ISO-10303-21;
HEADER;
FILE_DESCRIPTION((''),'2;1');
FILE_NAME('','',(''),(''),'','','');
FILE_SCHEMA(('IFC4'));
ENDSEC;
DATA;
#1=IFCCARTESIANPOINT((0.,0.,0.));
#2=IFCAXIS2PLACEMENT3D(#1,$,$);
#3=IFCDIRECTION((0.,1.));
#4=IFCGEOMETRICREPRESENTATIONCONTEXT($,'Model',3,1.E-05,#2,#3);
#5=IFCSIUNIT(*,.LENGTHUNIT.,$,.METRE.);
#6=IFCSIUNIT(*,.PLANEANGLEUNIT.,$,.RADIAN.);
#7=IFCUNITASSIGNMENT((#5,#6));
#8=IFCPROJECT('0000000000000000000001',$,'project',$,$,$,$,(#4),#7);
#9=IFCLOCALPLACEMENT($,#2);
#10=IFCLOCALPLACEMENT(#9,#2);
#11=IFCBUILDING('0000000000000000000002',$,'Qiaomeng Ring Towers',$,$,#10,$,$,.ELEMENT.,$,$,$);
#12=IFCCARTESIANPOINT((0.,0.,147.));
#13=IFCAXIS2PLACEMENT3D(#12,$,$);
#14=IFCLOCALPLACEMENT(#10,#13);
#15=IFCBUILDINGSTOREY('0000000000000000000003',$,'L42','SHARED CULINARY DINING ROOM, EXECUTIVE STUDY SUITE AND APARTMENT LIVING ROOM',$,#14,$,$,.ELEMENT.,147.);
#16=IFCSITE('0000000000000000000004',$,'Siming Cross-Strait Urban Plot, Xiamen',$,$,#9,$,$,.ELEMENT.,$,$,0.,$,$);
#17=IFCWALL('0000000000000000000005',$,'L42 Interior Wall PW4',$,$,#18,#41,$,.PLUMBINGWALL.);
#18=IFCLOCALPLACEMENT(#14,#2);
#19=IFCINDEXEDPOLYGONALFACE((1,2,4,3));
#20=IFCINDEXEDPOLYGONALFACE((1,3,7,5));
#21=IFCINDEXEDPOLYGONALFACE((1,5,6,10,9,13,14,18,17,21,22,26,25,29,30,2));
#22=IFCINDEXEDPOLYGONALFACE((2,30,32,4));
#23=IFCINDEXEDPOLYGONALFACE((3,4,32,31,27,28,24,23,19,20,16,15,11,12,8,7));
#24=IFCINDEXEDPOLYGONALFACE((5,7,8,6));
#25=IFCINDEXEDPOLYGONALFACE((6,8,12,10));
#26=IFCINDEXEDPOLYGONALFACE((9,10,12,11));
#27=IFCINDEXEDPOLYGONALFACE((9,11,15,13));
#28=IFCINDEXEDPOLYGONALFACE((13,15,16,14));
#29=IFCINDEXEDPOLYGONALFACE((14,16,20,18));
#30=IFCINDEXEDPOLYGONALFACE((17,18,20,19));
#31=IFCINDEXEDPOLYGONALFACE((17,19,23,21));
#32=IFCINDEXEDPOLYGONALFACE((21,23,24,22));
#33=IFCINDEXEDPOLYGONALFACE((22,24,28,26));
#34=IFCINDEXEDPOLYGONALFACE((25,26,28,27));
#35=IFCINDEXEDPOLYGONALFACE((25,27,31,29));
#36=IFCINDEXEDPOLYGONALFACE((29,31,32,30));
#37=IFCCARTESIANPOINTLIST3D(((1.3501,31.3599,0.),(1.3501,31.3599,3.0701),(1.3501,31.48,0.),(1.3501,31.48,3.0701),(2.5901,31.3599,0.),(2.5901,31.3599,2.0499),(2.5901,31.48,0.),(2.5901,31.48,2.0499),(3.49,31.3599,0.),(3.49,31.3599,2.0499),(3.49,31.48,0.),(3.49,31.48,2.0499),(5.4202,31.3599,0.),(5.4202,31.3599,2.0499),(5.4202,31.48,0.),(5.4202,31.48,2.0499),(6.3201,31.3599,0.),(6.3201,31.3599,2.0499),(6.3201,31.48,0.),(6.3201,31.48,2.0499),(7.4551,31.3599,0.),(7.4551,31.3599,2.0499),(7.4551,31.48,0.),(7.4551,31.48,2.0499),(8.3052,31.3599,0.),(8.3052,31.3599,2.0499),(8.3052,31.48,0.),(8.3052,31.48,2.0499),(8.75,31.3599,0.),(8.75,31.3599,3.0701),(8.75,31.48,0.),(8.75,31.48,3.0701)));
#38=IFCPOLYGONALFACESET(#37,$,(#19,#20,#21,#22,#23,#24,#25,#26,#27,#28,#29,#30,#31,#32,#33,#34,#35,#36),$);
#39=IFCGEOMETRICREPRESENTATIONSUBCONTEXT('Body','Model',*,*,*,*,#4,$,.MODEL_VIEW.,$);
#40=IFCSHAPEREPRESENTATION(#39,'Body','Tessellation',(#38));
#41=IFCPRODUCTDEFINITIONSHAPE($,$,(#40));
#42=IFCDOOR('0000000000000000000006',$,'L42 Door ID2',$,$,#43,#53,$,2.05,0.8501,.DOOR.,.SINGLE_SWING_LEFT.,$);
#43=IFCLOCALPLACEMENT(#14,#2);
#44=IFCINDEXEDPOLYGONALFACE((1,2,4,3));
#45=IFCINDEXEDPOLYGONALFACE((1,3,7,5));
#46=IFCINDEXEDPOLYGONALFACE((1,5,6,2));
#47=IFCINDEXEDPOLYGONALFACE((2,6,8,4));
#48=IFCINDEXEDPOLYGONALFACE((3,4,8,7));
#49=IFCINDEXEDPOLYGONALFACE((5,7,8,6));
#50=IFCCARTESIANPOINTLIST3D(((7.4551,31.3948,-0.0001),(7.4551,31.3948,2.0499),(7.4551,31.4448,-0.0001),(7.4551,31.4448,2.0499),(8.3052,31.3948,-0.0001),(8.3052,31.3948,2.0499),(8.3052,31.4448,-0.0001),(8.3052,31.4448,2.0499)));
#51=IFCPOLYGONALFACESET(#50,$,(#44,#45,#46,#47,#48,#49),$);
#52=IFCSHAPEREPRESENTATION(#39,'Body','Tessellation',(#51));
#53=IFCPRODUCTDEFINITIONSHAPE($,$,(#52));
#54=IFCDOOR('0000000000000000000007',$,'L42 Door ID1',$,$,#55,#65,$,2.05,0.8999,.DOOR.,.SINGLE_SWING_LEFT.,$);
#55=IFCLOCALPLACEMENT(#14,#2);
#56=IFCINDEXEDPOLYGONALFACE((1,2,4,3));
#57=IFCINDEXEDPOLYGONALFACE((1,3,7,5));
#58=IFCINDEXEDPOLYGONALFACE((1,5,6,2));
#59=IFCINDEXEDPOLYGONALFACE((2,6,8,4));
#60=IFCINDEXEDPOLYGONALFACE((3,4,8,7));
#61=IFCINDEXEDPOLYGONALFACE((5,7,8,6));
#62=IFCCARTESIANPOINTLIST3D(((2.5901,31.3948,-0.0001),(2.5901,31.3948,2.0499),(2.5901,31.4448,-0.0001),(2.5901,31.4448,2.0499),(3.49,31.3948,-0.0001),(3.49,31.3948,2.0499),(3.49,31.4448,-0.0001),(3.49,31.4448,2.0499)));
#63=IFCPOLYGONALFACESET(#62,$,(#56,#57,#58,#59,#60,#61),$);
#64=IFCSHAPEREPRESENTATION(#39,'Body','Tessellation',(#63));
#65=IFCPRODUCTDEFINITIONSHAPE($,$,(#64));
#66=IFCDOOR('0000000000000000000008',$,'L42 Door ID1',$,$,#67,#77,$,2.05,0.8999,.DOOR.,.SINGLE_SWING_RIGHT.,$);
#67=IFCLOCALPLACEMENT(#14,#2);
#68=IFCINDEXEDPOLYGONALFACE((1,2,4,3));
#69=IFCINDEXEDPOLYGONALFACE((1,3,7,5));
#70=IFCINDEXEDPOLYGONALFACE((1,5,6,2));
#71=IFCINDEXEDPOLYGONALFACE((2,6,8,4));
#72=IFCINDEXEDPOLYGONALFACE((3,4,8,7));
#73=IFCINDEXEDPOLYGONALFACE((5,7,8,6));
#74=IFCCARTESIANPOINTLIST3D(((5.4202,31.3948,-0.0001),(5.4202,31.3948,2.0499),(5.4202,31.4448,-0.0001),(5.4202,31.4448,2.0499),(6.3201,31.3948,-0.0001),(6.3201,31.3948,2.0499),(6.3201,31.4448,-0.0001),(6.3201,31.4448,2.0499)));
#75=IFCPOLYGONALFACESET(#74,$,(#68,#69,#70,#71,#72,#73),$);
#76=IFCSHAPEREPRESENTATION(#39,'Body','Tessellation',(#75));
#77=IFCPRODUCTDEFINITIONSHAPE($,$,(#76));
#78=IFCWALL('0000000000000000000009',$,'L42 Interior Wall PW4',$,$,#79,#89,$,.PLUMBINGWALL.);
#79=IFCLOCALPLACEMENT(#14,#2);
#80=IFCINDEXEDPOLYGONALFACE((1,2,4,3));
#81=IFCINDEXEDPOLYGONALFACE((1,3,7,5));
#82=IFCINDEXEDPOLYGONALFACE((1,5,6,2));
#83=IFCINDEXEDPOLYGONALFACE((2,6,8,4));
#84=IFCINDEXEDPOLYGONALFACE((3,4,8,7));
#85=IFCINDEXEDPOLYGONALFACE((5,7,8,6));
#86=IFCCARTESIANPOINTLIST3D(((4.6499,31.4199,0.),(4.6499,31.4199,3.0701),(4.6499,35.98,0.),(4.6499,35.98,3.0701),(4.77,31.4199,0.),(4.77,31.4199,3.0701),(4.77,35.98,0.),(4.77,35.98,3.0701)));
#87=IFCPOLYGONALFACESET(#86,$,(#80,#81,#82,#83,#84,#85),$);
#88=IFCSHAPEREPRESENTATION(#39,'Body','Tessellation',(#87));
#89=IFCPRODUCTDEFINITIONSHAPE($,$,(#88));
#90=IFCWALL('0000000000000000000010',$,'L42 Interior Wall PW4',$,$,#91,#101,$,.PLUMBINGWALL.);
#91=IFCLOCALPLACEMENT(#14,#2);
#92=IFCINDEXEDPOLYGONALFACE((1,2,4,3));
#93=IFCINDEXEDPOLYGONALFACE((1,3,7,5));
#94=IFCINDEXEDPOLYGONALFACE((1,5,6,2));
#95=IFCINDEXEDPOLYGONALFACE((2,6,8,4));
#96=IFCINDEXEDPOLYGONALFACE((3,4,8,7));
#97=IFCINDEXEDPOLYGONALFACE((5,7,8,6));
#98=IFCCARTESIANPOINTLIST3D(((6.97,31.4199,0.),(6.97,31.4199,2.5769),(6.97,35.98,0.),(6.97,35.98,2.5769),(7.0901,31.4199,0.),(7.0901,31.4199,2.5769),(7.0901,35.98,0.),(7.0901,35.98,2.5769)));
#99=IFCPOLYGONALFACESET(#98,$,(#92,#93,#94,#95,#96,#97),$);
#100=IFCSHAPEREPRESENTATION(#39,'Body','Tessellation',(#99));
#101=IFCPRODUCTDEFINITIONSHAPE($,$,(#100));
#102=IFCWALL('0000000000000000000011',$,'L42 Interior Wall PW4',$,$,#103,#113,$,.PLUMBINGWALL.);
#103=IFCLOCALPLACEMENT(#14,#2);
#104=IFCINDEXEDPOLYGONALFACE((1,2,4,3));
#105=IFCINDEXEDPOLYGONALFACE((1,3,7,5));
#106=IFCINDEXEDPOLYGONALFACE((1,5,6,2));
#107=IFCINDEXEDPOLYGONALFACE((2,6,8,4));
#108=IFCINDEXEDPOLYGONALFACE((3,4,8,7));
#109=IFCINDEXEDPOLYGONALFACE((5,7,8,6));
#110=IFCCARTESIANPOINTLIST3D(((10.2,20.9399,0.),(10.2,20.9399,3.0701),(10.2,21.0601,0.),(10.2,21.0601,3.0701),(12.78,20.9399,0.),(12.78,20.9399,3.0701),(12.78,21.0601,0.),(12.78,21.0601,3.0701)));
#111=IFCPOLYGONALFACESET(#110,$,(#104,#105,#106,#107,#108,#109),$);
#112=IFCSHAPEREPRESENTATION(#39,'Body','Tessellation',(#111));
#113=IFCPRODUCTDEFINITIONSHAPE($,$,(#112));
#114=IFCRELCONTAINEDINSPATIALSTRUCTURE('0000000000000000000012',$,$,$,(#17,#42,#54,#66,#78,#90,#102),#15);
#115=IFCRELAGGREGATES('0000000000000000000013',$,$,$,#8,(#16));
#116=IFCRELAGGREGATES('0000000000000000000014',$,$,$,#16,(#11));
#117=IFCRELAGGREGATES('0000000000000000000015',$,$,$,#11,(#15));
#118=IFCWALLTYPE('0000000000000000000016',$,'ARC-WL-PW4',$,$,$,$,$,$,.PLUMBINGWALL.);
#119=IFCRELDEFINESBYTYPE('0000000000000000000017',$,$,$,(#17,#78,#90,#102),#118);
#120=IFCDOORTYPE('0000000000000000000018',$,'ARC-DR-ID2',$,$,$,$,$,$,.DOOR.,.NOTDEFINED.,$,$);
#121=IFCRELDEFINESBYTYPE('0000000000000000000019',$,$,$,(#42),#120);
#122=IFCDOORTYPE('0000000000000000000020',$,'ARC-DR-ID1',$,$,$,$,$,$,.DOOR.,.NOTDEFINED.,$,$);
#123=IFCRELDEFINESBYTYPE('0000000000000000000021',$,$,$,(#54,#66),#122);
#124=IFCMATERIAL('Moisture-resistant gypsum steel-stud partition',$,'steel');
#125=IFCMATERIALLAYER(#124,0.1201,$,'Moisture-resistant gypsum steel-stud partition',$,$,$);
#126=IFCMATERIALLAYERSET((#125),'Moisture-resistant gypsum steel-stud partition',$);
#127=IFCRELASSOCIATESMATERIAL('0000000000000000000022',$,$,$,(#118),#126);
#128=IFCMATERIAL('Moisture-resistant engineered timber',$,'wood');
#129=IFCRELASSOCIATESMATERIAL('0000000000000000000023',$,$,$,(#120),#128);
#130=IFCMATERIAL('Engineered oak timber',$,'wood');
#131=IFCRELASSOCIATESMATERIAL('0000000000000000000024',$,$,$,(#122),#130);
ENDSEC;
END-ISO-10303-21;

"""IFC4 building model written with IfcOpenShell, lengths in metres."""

from ifc_helpers import new_model, si_unit, direction, frame, frame_2d, origin, place, context, subcontext, project, spatial, rectangle, extrude, source, transform, mapped, material, layer, layer_set, type_object, element, fill, save


model = new_model("IFC4")

# Units and contexts
model_context = context("Model", 3, precision=1e-05, world=origin(), true_north=direction((0.0, 1.0)))
body_context = subcontext(model_context, "Body", "Model", "MODEL_VIEW")
ifc_project = project(units=[si_unit("LENGTHUNIT", "METRE"), si_unit("PLANEANGLEUNIT", "RADIAN")], contexts=[model_context])

# Site, building, storey
site_placement = place(None, origin())
site = spatial("IfcSite", under=ifc_project, at=site_placement, Name="Siming Cross-Strait Urban Plot, Xiamen", CompositionType="ELEMENT", RefElevation=0.0)
building_placement = place(site_placement, origin())
building = spatial("IfcBuilding", under=site, at=building_placement, Name="Qiaomeng Ring Towers", CompositionType="ELEMENT")
storey_placement = place(building_placement, frame((0.0, 0.0, 147.0)))
storey = spatial("IfcBuildingStorey", under=building, at=storey_placement, Name="L42", Description="SHARED CULINARY DINING ROOM, EXECUTIVE STUDY SUITE AND APARTMENT LIVING ROOM", CompositionType="ELEMENT", Elevation=147.0)

# Shared definitions
ifc_material_1 = material(Name="Moisture-resistant gypsum steel-stud partition", Category="steel")
ifc_layer_1 = layer(ifc_material_1, 0.1201, Name="Moisture-resistant gypsum steel-stud partition")
ifc_layer_set_1 = layer_set([ifc_layer_1], Name="Moisture-resistant gypsum steel-stud partition")
wall_type_1 = type_object("IfcWallType", Name="ARC-WL-PW4", PredefinedType="PLUMBINGWALL", material=ifc_layer_set_1)
ifc_material_2 = material(Name="Moisture-resistant engineered timber", Category="wood")
door_type_1 = type_object("IfcDoorType", Name="ARC-DR-ID2", OperationType="NOTDEFINED", PredefinedType="DOOR", material=ifc_material_2)
shared_shape_1 = source(origin(), body_context, "Body", "SweptSolid", [
    extrude(rectangle(XDim=0.8501, YDim=2.05, at=frame_2d((0.425, 1.0249))), frame((0.0, 0.0249, 0.0), z_axis=(0.0, -1.0, 0.0), x_axis=(1.0, 0.0, 0.0)), (0.0, 0.0, 1.0), 0.05),
])
ifc_material_3 = material(Name="Engineered oak timber", Category="wood")
door_type_2 = type_object("IfcDoorType", Name="ARC-DR-ID1", OperationType="NOTDEFINED", PredefinedType="DOOR", material=ifc_material_3)
shared_shape_2 = source(origin(), body_context, "Body", "SweptSolid", [
    extrude(rectangle(XDim=0.8999, YDim=2.05, at=frame_2d((0.45, 1.0249))), frame((0.0, 0.0249, 0.0), z_axis=(0.0, -1.0, 0.0), x_axis=(1.0, 0.0, 0.0)), (0.0, 0.0, 1.0), 0.05),
])

# Wall, openings, doors
wall_1_placement = place(storey_placement, frame((1.3501, 31.4199, 0.0), z_axis=(0.0, 0.0, 1.0), x_axis=(1.0, 0.0, 0.0)))
wall_1 = element("IfcWall", 1, at=wall_1_placement, inside=storey, type_object=wall_type_1, Name="L42 Interior Wall PW4", PredefinedType="PLUMBINGWALL", context=body_context, shape_type="SweptSolid", body=[
    extrude(rectangle(XDim=7.3999, YDim=0.1201, at=frame_2d((3.7, 0.0))), origin(), (0.0, 0.0, 1.0), 3.0701),
])
opening_1_placement = place(wall_1_placement, frame((1.24, 0.0, 0.0)))
opening_1 = element("IfcOpeningElement", 2, at=opening_1_placement, cuts=wall_1, PredefinedType="OPENING", context=body_context, shape_type="SweptSolid", body=[
    extrude(rectangle(XDim=0.8999, YDim=2.05, at=frame_2d((0.45, 1.0249))), frame((0.0, 0.0701, 0.0), z_axis=(0.0, -1.0, 0.0), x_axis=(1.0, 0.0, 0.0)), (0.0, 0.0, 1.0), 0.1401),
])
opening_2_placement = place(wall_1_placement, frame((4.0701, 0.0, 0.0)))
opening_2 = element("IfcOpeningElement", 3, at=opening_2_placement, cuts=wall_1, PredefinedType="OPENING", context=body_context, shape_type="SweptSolid", body=[
    extrude(rectangle(XDim=0.8999, YDim=2.05, at=frame_2d((0.45, 1.0249))), frame((0.0, 0.0701, 0.0), z_axis=(0.0, -1.0, 0.0), x_axis=(1.0, 0.0, 0.0)), (0.0, 0.0, 1.0), 0.1401),
])
opening_3_placement = place(wall_1_placement, frame((6.105, 0.0, 0.0)))
opening_3 = element("IfcOpeningElement", 4, at=opening_3_placement, cuts=wall_1, PredefinedType="OPENING", context=body_context, shape_type="SweptSolid", body=[
    extrude(rectangle(XDim=0.8501, YDim=2.05, at=frame_2d((0.425, 1.0249))), frame((0.0, 0.0701, 0.0), z_axis=(0.0, -1.0, 0.0), x_axis=(1.0, 0.0, 0.0)), (0.0, 0.0, 1.0), 0.1401),
])
door_1_placement = place(opening_3_placement, origin())
door_1 = element("IfcDoor", 5, at=door_1_placement, inside=storey, type_object=door_type_1, Name="L42 Door ID2", OperationType="SINGLE_SWING_LEFT", OverallHeight=2.05, OverallWidth=0.8501, PredefinedType="DOOR", context=body_context, shape_type="MappedRepresentation", body=[
    mapped(shared_shape_1, transform((0.0, 0.0, 0.0), x_axis=(1.0, 0.0, 0.0), y_axis=(0.0, 1.0, 0.0), z_axis=(0.0, 0.0, 1.0), scale=1.0)),
])
fill(opening_3, door_1)
door_2_placement = place(opening_1_placement, origin())
door_2 = element("IfcDoor", 6, at=door_2_placement, inside=storey, type_object=door_type_2, Name="L42 Door ID1", OperationType="SINGLE_SWING_LEFT", OverallHeight=2.05, OverallWidth=0.8999, PredefinedType="DOOR", context=body_context, shape_type="MappedRepresentation", body=[
    mapped(shared_shape_2, transform((0.0, 0.0, 0.0), x_axis=(1.0, 0.0, 0.0), y_axis=(0.0, 1.0, 0.0), z_axis=(0.0, 0.0, 1.0), scale=1.0)),
])
fill(opening_1, door_2)
door_3_placement = place(opening_2_placement, origin())
door_3 = element("IfcDoor", 7, at=door_3_placement, inside=storey, type_object=door_type_2, Name="L42 Door ID1", OperationType="SINGLE_SWING_RIGHT", OverallHeight=2.05, OverallWidth=0.8999, PredefinedType="DOOR", context=body_context, shape_type="MappedRepresentation", body=[
    mapped(shared_shape_2, transform((0.0, 0.0, 0.0), x_axis=(1.0, 0.0, 0.0), y_axis=(0.0, 1.0, 0.0), z_axis=(0.0, 0.0, 1.0), scale=1.0)),
])
fill(opening_2, door_3)

# Walls
wall_2_placement = place(storey_placement, frame((4.71, 31.4199, 0.0), z_axis=(0.0, 0.0, 1.0), x_axis=(0.0, 1.0, 0.0)))
element("IfcWall", 8, at=wall_2_placement, inside=storey, type_object=wall_type_1, Name="L42 Interior Wall PW4", PredefinedType="PLUMBINGWALL", context=body_context, shape_type="SweptSolid", body=[
    extrude(rectangle(XDim=4.5601, YDim=0.1201, at=frame_2d((2.28, 0.0))), origin(), (0.0, 0.0, 1.0), 3.0701),
])
wall_3_placement = place(storey_placement, frame((7.03, 31.4199, 0.0), z_axis=(0.0, 0.0, 1.0), x_axis=(0.0, 1.0, 0.0)))
element("IfcWall", 9, at=wall_3_placement, inside=storey, type_object=wall_type_1, Name="L42 Interior Wall PW4", PredefinedType="PLUMBINGWALL", context=body_context, shape_type="SweptSolid", body=[
    extrude(rectangle(XDim=4.5601, YDim=0.1201, at=frame_2d((2.28, 0.0))), origin(), (0.0, 0.0, 1.0), 2.5769),
])
wall_4_placement = place(storey_placement, frame((10.2, 21.0, 0.0), z_axis=(0.0, 0.0, 1.0), x_axis=(1.0, 0.0, 0.0)))
element("IfcWall", 10, at=wall_4_placement, inside=storey, type_object=wall_type_1, Name="L42 Interior Wall PW4", PredefinedType="PLUMBINGWALL", context=body_context, shape_type="SweptSolid", body=[
    extrude(rectangle(XDim=2.5801, YDim=0.1201, at=frame_2d((1.29, 0.0))), origin(), (0.0, 0.0, 1.0), 3.0701),
])

save(model, "model.ifc")
